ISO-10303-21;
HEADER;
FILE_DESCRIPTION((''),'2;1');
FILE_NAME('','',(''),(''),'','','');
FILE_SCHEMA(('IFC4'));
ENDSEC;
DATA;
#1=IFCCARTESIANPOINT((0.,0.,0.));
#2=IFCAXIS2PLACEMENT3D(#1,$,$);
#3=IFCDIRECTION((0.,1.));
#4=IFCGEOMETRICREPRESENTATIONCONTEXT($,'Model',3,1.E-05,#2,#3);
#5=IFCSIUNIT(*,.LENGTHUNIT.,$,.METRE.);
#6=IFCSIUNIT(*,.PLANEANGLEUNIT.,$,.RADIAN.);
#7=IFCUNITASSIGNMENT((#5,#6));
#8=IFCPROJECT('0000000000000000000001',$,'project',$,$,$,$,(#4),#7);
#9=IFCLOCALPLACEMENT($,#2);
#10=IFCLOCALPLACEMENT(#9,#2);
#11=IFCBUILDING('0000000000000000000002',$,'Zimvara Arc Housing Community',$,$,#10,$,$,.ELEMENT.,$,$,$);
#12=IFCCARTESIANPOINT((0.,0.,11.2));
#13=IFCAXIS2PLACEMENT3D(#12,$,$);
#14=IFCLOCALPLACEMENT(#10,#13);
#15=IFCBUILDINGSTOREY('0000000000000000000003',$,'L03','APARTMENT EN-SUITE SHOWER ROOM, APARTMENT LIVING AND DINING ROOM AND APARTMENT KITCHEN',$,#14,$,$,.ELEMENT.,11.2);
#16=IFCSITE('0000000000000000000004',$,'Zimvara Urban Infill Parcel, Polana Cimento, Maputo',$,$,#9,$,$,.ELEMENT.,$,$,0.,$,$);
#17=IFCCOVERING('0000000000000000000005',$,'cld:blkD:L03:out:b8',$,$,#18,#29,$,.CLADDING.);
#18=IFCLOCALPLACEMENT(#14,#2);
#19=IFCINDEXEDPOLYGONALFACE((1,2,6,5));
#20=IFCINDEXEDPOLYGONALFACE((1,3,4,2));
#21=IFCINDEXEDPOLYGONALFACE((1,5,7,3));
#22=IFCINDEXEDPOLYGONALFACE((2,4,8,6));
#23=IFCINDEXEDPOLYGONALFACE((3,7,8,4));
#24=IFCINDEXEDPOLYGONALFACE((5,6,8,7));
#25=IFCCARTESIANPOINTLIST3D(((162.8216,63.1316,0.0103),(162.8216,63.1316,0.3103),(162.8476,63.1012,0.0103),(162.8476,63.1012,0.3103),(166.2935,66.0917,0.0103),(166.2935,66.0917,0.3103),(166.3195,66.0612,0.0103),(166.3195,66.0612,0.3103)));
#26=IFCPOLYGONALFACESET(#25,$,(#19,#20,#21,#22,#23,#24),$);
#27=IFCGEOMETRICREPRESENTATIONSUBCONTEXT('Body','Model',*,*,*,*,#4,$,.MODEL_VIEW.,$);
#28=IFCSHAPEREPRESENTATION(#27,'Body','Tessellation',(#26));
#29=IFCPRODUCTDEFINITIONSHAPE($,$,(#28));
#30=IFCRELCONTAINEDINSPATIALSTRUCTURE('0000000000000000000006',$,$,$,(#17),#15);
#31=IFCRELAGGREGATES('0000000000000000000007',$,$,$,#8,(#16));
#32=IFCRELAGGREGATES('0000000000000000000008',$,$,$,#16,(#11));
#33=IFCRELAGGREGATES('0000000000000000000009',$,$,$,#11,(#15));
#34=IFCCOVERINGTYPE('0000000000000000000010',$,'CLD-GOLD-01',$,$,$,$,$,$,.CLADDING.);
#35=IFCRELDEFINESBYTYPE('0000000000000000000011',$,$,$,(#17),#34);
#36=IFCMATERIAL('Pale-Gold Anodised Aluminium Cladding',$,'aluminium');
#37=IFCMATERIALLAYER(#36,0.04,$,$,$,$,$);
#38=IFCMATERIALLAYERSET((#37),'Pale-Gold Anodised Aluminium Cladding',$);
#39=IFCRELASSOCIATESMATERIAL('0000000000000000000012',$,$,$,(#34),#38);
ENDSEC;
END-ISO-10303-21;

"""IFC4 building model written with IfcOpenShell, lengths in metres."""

from ifc_helpers import new_model, si_unit, direction, frame, origin, origin_2d, place, context, subcontext, project, spatial, rectangle, extrude, material, layer, layer_set, type_object, element, save


model = new_model("IFC4")

# Units and contexts
model_context = context("Model", 3, precision=1e-05, world=origin(), true_north=direction((0.0, 1.0)))
body_context = subcontext(model_context, "Body", "Model", "MODEL_VIEW")
ifc_project = project(units=[si_unit("LENGTHUNIT", "METRE"), si_unit("PLANEANGLEUNIT", "RADIAN")], contexts=[model_context])

# Site, building, storey
site_placement = place(None, origin())
site = spatial("IfcSite", under=ifc_project, at=site_placement, Name="Zimvara Urban Infill Parcel, Polana Cimento, Maputo", CompositionType="ELEMENT", RefElevation=0.0)
building_placement = place(site_placement, origin())
building = spatial("IfcBuilding", under=site, at=building_placement, Name="Zimvara Arc Housing Community", CompositionType="ELEMENT")
storey_placement = place(building_placement, frame((0.0, 0.0, 11.2)))
storey = spatial("IfcBuildingStorey", under=building, at=storey_placement, Name="L03", Description="APARTMENT EN-SUITE SHOWER ROOM, APARTMENT LIVING AND DINING ROOM AND APARTMENT KITCHEN", CompositionType="ELEMENT", Elevation=11.2)

# Covering
ifc_material_1 = material(Name="Pale-Gold Anodised Aluminium Cladding", Category="aluminium")
ifc_layer_1 = layer(ifc_material_1, 0.04)
ifc_layer_set_1 = layer_set([ifc_layer_1], Name="Pale-Gold Anodised Aluminium Cladding")
covering_type = type_object("IfcCoveringType", Name="CLD-GOLD-01", PredefinedType="CLADDING", material=ifc_layer_set_1)
covering_placement = place(storey_placement, frame((164.5706, 64.5964, 0.0103), z_axis=(0.0, 0.0, 1.0), x_axis=(0.760971, 0.648786, 0.0)))
element("IfcCovering", 1, at=covering_placement, inside=storey, type_object=covering_type, Name="cld:blkD:L03:out:b8", PredefinedType="CLADDING", context=body_context, shape_type="SweptSolid", body=[
    extrude(rectangle(XDim=4.5625, YDim=0.04, at=origin_2d()), origin(), (0.0, 0.0, 1.0), 0.3),
])

save(model, "model.ifc")
